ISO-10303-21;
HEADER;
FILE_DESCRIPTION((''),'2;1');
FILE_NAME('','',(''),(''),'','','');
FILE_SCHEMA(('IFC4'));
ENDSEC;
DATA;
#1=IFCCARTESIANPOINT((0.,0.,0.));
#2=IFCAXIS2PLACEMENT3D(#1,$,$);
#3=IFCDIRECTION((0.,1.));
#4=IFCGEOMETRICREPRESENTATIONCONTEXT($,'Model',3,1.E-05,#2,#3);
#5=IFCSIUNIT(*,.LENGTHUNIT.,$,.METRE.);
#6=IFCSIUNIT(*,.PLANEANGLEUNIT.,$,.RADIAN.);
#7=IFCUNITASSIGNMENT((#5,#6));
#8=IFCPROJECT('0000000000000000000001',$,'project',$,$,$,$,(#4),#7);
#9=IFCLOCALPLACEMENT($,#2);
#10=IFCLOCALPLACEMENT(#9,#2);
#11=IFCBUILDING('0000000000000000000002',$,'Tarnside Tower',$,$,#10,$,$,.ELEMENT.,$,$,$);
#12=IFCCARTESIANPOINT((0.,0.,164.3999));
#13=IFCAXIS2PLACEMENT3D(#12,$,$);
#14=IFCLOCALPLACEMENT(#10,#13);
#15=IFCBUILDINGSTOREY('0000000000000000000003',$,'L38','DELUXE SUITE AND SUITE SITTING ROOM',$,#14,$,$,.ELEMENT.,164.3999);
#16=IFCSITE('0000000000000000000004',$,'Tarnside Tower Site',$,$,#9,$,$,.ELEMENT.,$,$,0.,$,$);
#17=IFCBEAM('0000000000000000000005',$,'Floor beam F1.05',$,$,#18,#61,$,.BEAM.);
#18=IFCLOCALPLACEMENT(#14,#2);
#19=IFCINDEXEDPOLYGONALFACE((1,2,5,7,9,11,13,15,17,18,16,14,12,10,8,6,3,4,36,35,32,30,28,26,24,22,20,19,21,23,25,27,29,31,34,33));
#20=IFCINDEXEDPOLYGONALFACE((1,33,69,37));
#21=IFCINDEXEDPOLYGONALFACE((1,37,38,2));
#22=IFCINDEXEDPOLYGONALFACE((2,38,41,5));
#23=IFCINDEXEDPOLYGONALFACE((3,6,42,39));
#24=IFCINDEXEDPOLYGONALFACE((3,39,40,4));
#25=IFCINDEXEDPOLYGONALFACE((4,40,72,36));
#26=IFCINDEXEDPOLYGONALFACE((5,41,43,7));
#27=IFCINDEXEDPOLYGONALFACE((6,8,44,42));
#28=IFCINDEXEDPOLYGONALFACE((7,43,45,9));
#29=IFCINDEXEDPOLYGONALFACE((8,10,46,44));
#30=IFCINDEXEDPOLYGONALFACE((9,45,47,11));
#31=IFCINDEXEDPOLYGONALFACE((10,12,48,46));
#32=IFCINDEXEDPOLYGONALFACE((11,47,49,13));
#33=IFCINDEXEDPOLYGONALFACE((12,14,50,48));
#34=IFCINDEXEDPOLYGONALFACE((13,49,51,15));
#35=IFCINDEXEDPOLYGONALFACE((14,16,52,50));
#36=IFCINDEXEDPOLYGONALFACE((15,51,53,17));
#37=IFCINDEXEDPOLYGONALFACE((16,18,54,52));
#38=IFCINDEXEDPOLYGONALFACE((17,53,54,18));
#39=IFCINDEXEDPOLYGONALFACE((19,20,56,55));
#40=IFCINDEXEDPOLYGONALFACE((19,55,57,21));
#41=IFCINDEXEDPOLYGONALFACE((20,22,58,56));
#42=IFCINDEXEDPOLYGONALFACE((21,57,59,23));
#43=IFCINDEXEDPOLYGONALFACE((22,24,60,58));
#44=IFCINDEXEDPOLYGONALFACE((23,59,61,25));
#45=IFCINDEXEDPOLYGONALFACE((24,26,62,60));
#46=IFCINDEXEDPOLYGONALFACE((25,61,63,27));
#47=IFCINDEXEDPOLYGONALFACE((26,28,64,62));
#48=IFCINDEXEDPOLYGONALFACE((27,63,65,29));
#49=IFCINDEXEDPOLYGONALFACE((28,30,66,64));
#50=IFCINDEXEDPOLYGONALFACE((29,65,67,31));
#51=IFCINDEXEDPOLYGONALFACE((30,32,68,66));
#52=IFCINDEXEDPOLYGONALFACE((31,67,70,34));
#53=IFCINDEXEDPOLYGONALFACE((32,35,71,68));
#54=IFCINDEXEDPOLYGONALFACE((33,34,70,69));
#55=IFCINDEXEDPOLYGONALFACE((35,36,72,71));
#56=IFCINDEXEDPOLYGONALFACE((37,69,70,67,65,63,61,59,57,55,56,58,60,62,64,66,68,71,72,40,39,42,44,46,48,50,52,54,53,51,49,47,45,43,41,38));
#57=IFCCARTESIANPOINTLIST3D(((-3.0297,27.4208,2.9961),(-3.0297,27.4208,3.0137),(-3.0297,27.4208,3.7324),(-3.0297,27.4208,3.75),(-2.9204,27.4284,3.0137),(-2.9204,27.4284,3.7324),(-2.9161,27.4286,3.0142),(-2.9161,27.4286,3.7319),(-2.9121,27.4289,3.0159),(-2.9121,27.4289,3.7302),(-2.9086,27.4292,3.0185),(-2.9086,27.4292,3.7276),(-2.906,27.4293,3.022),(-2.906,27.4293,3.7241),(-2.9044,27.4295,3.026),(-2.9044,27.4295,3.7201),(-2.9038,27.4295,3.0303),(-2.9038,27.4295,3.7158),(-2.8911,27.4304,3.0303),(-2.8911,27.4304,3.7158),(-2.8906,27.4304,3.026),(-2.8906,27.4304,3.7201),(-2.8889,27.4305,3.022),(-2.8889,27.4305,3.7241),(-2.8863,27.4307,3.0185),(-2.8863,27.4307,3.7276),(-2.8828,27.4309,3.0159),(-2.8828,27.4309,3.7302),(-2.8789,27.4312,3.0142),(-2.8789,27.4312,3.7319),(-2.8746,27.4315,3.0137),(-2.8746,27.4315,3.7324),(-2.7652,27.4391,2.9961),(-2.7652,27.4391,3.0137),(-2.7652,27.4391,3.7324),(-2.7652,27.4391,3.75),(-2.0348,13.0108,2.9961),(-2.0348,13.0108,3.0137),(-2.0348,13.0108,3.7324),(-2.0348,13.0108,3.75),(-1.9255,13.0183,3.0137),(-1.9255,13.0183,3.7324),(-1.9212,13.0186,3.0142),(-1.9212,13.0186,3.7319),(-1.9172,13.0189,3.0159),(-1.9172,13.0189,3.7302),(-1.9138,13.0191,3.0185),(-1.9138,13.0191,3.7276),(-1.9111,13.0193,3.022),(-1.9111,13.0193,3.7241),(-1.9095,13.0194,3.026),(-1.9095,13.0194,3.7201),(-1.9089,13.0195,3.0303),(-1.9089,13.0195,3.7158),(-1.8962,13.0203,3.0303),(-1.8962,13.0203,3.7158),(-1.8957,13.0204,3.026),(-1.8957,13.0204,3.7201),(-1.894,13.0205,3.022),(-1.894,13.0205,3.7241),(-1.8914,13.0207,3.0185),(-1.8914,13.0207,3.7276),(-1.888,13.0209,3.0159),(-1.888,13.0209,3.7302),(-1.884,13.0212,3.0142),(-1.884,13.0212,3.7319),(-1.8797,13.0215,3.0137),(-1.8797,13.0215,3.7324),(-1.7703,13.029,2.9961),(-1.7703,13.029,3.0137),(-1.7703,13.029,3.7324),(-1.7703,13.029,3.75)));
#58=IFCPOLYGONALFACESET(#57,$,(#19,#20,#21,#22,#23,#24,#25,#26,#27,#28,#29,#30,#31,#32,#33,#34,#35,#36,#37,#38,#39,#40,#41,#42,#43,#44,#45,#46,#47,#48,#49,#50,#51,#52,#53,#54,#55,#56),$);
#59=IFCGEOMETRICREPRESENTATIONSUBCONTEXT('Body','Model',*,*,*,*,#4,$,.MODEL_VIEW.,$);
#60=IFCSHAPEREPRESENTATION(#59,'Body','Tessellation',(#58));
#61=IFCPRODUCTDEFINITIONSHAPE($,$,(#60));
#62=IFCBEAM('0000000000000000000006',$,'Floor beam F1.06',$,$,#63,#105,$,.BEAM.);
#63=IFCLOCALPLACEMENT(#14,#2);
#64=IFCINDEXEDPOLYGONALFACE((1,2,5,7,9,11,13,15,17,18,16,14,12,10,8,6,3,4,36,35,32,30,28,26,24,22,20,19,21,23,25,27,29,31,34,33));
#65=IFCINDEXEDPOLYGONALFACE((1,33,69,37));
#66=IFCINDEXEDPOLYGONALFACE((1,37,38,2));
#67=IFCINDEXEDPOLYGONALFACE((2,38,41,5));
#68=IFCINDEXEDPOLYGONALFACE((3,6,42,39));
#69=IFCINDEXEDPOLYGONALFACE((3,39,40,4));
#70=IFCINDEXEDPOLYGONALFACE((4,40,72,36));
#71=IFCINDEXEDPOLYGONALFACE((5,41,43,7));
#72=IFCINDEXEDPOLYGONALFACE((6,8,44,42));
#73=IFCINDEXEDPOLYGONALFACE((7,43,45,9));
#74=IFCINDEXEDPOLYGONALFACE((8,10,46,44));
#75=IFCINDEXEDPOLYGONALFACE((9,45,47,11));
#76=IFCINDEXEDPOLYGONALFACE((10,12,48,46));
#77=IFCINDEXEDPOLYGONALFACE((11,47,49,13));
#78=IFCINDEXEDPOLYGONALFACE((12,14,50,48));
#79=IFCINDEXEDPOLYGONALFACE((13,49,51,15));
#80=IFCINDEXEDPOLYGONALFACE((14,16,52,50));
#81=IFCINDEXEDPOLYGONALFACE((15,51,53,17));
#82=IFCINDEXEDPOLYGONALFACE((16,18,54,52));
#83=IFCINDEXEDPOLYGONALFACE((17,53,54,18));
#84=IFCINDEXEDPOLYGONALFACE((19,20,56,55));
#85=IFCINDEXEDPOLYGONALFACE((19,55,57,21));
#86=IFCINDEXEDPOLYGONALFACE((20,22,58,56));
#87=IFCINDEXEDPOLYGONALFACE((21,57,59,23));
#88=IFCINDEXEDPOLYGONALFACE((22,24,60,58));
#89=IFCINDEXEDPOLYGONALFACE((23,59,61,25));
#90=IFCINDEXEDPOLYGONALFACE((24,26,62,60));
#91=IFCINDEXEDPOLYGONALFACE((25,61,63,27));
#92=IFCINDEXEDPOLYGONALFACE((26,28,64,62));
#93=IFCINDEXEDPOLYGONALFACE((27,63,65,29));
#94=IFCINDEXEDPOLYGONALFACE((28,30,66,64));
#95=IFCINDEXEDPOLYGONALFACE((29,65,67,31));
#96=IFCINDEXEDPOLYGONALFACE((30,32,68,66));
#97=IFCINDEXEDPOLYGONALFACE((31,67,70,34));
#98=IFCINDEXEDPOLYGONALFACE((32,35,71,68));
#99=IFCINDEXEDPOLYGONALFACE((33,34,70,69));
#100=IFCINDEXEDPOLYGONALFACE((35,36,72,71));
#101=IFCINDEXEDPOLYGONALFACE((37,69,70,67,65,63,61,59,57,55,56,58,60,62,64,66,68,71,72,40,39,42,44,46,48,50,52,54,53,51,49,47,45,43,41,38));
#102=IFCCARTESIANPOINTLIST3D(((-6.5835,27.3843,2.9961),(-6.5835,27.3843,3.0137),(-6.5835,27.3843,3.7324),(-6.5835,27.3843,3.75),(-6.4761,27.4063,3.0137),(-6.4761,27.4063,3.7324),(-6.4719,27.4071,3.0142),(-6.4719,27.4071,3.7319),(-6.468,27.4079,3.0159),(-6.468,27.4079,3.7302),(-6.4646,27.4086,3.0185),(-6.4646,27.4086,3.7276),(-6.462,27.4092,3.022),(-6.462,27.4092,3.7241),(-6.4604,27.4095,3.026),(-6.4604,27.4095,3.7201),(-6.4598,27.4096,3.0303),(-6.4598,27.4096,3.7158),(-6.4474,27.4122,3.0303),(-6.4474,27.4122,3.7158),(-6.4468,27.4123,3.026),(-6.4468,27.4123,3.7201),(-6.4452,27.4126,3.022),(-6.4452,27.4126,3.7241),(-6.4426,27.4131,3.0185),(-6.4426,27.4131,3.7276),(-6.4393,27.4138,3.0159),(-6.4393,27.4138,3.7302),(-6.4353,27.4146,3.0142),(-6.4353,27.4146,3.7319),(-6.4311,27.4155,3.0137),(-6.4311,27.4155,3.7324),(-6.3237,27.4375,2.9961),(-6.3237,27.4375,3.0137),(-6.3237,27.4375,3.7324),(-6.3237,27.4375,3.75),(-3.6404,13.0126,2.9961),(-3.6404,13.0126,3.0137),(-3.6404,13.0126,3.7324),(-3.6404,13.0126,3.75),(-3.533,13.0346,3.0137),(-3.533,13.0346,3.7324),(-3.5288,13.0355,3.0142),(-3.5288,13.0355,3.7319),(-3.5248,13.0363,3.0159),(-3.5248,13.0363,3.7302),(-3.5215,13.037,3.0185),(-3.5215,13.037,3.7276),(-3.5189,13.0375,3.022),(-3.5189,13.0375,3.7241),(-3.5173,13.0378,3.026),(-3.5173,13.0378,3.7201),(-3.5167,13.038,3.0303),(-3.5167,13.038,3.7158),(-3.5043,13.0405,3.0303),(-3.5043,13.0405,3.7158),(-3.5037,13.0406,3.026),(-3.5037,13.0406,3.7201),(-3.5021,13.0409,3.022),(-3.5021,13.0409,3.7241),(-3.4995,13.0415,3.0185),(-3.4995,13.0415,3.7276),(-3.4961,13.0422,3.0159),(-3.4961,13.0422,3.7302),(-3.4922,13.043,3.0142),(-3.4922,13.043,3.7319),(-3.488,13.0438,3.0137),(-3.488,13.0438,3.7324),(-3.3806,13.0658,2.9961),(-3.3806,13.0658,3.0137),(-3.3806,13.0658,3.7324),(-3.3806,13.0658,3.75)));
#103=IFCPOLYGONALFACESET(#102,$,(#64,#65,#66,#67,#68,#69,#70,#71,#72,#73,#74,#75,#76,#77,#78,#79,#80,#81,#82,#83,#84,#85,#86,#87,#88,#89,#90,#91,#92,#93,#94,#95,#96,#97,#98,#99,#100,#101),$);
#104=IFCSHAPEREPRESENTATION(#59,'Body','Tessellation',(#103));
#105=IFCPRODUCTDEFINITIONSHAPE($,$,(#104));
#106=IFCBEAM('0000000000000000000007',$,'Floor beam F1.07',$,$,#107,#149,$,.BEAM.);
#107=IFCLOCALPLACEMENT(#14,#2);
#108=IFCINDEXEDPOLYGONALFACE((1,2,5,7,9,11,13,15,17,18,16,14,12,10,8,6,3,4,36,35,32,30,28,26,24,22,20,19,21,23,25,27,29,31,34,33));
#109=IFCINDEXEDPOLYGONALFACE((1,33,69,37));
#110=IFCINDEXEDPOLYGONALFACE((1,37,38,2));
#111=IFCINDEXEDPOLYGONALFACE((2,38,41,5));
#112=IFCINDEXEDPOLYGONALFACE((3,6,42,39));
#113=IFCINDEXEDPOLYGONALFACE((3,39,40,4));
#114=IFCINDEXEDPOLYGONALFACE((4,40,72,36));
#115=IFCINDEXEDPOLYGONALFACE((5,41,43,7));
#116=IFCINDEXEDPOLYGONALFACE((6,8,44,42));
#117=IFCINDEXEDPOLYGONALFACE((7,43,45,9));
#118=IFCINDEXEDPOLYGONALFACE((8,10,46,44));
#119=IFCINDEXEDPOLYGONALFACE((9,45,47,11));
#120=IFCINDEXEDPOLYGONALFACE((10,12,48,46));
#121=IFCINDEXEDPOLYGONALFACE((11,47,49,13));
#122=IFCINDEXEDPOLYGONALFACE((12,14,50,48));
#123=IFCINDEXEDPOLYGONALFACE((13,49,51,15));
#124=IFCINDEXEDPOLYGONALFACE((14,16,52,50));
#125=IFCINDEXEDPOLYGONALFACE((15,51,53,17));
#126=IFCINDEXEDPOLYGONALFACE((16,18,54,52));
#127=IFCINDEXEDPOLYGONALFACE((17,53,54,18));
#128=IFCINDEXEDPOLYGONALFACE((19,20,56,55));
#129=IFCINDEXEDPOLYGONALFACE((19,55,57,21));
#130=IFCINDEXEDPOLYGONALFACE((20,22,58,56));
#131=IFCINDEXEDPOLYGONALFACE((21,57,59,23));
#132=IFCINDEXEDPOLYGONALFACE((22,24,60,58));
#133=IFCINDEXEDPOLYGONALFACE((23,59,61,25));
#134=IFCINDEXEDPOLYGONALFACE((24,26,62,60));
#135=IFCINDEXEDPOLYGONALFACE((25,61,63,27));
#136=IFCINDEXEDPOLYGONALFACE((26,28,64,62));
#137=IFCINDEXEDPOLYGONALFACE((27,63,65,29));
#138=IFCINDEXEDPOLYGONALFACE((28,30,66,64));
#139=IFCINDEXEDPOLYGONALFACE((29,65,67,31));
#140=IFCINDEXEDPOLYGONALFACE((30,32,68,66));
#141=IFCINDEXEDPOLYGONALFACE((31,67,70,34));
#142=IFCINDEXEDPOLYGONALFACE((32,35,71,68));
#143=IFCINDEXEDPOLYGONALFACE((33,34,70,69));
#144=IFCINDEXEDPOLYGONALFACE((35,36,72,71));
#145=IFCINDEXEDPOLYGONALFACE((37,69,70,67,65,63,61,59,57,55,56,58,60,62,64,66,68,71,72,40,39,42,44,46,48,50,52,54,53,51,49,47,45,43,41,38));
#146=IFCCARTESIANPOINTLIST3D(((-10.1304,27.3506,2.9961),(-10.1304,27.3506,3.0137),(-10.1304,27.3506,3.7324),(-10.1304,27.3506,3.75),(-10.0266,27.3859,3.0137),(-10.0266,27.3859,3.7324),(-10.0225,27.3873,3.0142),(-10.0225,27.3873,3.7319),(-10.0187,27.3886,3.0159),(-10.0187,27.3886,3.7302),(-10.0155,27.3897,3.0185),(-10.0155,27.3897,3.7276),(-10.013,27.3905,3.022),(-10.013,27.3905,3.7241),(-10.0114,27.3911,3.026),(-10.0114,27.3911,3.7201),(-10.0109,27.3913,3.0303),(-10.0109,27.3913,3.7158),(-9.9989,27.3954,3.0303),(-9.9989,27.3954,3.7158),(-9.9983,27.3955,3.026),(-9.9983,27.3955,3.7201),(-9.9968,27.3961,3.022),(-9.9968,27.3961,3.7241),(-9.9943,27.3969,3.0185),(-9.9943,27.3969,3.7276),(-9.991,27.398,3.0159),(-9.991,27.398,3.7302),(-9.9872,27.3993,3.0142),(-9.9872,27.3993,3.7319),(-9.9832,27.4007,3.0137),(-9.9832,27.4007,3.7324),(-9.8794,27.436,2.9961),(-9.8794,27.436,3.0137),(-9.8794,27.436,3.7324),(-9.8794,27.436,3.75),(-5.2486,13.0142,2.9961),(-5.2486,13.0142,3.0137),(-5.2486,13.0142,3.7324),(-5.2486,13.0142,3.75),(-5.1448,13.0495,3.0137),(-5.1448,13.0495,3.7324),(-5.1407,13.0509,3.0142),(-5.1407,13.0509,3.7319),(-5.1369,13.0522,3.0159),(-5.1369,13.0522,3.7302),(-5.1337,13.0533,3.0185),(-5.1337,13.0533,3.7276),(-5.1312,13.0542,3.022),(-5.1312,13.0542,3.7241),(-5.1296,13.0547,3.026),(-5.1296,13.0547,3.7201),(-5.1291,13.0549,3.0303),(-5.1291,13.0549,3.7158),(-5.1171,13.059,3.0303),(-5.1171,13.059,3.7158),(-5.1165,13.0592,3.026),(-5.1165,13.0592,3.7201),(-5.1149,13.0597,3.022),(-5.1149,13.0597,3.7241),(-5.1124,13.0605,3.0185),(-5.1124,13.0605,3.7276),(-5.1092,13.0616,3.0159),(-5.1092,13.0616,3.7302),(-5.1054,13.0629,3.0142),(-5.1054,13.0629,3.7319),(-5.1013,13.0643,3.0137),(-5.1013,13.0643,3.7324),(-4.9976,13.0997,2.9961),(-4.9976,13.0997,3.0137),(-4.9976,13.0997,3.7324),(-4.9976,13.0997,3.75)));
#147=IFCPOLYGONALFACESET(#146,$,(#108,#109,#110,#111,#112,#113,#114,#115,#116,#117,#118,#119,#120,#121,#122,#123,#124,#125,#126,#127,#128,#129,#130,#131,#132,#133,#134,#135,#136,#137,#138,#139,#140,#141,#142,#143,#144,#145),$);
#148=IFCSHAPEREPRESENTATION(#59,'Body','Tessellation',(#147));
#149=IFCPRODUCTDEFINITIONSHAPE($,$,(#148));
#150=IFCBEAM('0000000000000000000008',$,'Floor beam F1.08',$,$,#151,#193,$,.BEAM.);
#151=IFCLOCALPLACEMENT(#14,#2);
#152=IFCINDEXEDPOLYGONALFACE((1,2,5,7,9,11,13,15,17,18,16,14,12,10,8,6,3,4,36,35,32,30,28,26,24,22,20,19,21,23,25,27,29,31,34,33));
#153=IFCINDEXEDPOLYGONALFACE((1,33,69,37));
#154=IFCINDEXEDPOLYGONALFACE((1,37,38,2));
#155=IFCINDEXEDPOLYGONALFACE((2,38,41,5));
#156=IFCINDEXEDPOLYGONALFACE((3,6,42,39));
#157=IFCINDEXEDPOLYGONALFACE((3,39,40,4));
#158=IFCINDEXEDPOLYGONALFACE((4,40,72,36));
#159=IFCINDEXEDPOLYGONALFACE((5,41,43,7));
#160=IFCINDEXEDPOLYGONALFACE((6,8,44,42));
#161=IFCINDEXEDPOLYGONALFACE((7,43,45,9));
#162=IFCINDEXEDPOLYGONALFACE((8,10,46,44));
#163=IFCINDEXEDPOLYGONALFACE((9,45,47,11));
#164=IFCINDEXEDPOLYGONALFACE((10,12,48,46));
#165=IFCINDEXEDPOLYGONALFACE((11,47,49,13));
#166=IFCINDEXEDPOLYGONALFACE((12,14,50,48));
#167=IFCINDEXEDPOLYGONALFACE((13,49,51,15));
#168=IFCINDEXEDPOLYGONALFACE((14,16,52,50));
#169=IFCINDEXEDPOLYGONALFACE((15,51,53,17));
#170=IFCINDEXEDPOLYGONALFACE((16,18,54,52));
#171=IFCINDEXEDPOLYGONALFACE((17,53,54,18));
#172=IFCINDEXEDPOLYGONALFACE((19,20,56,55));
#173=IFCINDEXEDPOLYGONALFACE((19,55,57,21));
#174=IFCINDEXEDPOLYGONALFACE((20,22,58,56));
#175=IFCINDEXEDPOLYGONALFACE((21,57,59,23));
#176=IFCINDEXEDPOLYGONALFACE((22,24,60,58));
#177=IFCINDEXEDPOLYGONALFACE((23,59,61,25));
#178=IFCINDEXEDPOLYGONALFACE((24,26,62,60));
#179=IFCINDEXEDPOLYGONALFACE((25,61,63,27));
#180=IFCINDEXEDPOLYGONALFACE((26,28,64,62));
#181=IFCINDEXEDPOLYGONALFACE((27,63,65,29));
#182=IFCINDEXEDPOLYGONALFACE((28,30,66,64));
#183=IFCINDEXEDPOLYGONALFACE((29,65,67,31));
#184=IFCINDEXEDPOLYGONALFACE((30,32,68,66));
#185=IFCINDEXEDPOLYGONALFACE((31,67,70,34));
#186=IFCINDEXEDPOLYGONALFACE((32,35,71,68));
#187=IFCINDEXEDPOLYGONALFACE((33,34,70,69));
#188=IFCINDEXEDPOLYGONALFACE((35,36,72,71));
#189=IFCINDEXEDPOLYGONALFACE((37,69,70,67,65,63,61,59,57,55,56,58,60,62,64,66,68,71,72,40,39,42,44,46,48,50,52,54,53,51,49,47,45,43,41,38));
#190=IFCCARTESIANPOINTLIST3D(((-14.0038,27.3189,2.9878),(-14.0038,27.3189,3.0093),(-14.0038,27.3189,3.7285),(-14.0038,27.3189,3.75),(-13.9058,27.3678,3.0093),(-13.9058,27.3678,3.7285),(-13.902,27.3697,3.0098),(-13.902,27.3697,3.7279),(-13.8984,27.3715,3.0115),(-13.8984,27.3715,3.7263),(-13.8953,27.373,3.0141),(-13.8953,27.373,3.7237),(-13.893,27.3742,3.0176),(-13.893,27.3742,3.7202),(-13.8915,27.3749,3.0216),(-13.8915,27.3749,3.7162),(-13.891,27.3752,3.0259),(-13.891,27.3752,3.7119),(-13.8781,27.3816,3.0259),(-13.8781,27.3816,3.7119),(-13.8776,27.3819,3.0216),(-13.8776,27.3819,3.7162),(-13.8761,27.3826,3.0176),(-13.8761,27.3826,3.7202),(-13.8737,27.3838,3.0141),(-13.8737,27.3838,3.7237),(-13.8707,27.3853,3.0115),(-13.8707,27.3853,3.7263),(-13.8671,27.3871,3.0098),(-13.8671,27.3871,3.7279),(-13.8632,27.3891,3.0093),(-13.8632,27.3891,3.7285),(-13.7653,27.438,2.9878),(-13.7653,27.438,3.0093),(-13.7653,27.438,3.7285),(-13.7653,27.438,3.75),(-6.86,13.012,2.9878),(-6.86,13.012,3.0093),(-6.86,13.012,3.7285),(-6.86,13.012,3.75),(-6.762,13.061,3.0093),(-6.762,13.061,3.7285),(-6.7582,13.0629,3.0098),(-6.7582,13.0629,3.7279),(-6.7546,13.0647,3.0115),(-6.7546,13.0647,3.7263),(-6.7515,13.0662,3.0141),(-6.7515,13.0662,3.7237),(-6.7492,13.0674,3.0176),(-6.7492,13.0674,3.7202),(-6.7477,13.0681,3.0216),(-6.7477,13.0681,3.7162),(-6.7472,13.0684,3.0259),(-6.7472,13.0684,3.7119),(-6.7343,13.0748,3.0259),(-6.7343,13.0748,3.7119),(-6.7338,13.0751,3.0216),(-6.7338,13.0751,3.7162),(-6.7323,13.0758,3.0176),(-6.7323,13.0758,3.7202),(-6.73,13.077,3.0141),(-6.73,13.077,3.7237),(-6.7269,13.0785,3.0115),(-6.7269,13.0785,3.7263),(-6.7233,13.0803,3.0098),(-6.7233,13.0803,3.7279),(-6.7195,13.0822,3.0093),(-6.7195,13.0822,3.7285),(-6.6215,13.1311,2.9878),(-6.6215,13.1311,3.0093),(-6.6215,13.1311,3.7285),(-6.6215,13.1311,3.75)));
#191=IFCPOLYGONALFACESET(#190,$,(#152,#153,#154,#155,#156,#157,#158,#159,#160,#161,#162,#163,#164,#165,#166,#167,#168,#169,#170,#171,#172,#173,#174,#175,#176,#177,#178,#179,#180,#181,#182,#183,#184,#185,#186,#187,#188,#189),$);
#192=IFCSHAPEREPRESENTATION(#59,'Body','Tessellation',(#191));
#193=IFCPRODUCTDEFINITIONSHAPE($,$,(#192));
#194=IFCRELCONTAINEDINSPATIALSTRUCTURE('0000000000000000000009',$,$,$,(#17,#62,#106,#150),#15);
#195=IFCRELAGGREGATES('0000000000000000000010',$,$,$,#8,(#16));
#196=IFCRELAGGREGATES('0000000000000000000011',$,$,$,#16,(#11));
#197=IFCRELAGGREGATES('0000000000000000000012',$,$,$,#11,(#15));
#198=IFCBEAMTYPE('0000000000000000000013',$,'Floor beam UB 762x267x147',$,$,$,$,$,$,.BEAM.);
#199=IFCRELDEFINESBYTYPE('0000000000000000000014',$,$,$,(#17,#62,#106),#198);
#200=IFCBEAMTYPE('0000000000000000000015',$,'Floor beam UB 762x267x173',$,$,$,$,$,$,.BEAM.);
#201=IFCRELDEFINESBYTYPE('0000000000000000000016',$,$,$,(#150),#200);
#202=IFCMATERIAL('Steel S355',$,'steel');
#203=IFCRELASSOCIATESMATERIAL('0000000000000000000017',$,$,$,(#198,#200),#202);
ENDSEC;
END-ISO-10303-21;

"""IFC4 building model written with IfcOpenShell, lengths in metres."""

from ifc_helpers import new_model, si_unit, direction, frame, origin, origin_2d, place, context, subcontext, project, spatial, i_section, extrude, material, material_profile, profile_set, type_object, element, save


model = new_model("IFC4")

# Units and contexts
model_context = context("Model", 3, precision=1e-05, world=origin(), true_north=direction((0.0, 1.0)))
body_context = subcontext(model_context, "Body", "Model", "MODEL_VIEW")
ifc_project = project(units=[si_unit("LENGTHUNIT", "METRE"), si_unit("PLANEANGLEUNIT", "RADIAN")], contexts=[model_context])

# Site, building, storey
site_placement = place(None, origin())
site = spatial("IfcSite", under=ifc_project, at=site_placement, Name="Tarnside Tower Site", CompositionType="ELEMENT", RefElevation=0.0)
building_placement = place(site_placement, origin())
building = spatial("IfcBuilding", under=site, at=building_placement, Name="Tarnside Tower", CompositionType="ELEMENT")
storey_placement = place(building_placement, frame((0.0, 0.0, 164.3999)))
storey = spatial("IfcBuildingStorey", under=building, at=storey_placement, Name="L38", Description="DELUXE SUITE AND SUITE SITTING ROOM", CompositionType="ELEMENT", Elevation=164.3999)

# Beams
ifc_material_1 = material(Name="Steel S355", Category="steel")
ifc_material_profile_1 = material_profile(ifc_material_1, i_section(OverallWidth=0.2651, OverallDepth=0.7539, WebThickness=0.0127, FlangeThickness=0.0176, FilletRadius=0.0166, at=origin_2d()), Name="UB 762x267x147")
ifc_profile_set_1 = profile_set([ifc_material_profile_1], Name="Steel S355")
beam_type_1 = type_object("IfcBeamType", Name="Floor beam UB 762x267x147", PredefinedType="BEAM", material=ifc_profile_set_1)
beam_1_placement = place(storey_placement, frame((-2.8975, 27.4299, 3.373), z_axis=(0.068877, -0.997625, 0.0), x_axis=(0.997625, 0.068877, 0.0)))
element("IfcBeam", 1, at=beam_1_placement, inside=storey, type_object=beam_type_1, Name="Floor beam F1.05", PredefinedType="BEAM", context=body_context, shape_type="SweptSolid", body=[
    extrude(i_section(OverallWidth=0.2651, OverallDepth=0.7539, WebThickness=0.0127, FlangeThickness=0.0176, FilletRadius=0.0166, at=origin_2d()), origin(), (0.0, 0.0, 1.0), 14.4443),
])
beam_2_placement = place(storey_placement, frame((-6.4536, 27.4109, 3.373), z_axis=(0.200623, -0.979668, 0.0), x_axis=(0.979668, 0.200623, 0.0)))
element("IfcBeam", 2, at=beam_2_placement, inside=storey, type_object=beam_type_1, Name="Floor beam F1.06", PredefinedType="BEAM", context=body_context, shape_type="SweptSolid", body=[
    extrude(i_section(OverallWidth=0.2651, OverallDepth=0.7539, WebThickness=0.0127, FlangeThickness=0.0176, FilletRadius=0.0166, at=origin_2d()), origin(), (0.0, 0.0, 1.0), 14.6699),
])
beam_3_placement = place(storey_placement, frame((-10.0049, 27.3933, 3.373), z_axis=(0.322344, -0.946623, 0.0), x_axis=(0.946623, 0.322344, 0.0)))
element("IfcBeam", 3, at=beam_3_placement, inside=storey, type_object=beam_type_1, Name="Floor beam F1.07", PredefinedType="BEAM", context=body_context, shape_type="SweptSolid", body=[
    extrude(i_section(OverallWidth=0.2651, OverallDepth=0.7539, WebThickness=0.0127, FlangeThickness=0.0176, FilletRadius=0.0166, at=origin_2d()), origin(), (0.0, 0.0, 1.0), 15.1448),
])
ifc_material_profile_2 = material_profile(ifc_material_1, i_section(OverallWidth=0.2666, OverallDepth=0.7622, WebThickness=0.0144, FlangeThickness=0.0215, FilletRadius=0.0166, at=origin_2d()), Name="UB 762x267x173")
ifc_profile_set_2 = profile_set([ifc_material_profile_2], Name="Steel S355")
beam_type_2 = type_object("IfcBeamType", Name="Floor beam UB 762x267x173", PredefinedType="BEAM", material=ifc_profile_set_2)
beam_4_placement = place(storey_placement, frame((-13.8845, 27.3784, 3.3689), z_axis=(0.446731, -0.894668, 0.0), x_axis=(0.894668, 0.446731, 0.0)))
element("IfcBeam", 4, at=beam_4_placement, inside=storey, type_object=beam_type_2, Name="Floor beam F1.08", PredefinedType="BEAM", context=body_context, shape_type="SweptSolid", body=[
    extrude(i_section(OverallWidth=0.2666, OverallDepth=0.7622, WebThickness=0.0144, FlangeThickness=0.0215, FilletRadius=0.0166, at=origin_2d()), origin(), (0.0, 0.0, 1.0), 15.9912),
])

save(model, "model.ifc")
